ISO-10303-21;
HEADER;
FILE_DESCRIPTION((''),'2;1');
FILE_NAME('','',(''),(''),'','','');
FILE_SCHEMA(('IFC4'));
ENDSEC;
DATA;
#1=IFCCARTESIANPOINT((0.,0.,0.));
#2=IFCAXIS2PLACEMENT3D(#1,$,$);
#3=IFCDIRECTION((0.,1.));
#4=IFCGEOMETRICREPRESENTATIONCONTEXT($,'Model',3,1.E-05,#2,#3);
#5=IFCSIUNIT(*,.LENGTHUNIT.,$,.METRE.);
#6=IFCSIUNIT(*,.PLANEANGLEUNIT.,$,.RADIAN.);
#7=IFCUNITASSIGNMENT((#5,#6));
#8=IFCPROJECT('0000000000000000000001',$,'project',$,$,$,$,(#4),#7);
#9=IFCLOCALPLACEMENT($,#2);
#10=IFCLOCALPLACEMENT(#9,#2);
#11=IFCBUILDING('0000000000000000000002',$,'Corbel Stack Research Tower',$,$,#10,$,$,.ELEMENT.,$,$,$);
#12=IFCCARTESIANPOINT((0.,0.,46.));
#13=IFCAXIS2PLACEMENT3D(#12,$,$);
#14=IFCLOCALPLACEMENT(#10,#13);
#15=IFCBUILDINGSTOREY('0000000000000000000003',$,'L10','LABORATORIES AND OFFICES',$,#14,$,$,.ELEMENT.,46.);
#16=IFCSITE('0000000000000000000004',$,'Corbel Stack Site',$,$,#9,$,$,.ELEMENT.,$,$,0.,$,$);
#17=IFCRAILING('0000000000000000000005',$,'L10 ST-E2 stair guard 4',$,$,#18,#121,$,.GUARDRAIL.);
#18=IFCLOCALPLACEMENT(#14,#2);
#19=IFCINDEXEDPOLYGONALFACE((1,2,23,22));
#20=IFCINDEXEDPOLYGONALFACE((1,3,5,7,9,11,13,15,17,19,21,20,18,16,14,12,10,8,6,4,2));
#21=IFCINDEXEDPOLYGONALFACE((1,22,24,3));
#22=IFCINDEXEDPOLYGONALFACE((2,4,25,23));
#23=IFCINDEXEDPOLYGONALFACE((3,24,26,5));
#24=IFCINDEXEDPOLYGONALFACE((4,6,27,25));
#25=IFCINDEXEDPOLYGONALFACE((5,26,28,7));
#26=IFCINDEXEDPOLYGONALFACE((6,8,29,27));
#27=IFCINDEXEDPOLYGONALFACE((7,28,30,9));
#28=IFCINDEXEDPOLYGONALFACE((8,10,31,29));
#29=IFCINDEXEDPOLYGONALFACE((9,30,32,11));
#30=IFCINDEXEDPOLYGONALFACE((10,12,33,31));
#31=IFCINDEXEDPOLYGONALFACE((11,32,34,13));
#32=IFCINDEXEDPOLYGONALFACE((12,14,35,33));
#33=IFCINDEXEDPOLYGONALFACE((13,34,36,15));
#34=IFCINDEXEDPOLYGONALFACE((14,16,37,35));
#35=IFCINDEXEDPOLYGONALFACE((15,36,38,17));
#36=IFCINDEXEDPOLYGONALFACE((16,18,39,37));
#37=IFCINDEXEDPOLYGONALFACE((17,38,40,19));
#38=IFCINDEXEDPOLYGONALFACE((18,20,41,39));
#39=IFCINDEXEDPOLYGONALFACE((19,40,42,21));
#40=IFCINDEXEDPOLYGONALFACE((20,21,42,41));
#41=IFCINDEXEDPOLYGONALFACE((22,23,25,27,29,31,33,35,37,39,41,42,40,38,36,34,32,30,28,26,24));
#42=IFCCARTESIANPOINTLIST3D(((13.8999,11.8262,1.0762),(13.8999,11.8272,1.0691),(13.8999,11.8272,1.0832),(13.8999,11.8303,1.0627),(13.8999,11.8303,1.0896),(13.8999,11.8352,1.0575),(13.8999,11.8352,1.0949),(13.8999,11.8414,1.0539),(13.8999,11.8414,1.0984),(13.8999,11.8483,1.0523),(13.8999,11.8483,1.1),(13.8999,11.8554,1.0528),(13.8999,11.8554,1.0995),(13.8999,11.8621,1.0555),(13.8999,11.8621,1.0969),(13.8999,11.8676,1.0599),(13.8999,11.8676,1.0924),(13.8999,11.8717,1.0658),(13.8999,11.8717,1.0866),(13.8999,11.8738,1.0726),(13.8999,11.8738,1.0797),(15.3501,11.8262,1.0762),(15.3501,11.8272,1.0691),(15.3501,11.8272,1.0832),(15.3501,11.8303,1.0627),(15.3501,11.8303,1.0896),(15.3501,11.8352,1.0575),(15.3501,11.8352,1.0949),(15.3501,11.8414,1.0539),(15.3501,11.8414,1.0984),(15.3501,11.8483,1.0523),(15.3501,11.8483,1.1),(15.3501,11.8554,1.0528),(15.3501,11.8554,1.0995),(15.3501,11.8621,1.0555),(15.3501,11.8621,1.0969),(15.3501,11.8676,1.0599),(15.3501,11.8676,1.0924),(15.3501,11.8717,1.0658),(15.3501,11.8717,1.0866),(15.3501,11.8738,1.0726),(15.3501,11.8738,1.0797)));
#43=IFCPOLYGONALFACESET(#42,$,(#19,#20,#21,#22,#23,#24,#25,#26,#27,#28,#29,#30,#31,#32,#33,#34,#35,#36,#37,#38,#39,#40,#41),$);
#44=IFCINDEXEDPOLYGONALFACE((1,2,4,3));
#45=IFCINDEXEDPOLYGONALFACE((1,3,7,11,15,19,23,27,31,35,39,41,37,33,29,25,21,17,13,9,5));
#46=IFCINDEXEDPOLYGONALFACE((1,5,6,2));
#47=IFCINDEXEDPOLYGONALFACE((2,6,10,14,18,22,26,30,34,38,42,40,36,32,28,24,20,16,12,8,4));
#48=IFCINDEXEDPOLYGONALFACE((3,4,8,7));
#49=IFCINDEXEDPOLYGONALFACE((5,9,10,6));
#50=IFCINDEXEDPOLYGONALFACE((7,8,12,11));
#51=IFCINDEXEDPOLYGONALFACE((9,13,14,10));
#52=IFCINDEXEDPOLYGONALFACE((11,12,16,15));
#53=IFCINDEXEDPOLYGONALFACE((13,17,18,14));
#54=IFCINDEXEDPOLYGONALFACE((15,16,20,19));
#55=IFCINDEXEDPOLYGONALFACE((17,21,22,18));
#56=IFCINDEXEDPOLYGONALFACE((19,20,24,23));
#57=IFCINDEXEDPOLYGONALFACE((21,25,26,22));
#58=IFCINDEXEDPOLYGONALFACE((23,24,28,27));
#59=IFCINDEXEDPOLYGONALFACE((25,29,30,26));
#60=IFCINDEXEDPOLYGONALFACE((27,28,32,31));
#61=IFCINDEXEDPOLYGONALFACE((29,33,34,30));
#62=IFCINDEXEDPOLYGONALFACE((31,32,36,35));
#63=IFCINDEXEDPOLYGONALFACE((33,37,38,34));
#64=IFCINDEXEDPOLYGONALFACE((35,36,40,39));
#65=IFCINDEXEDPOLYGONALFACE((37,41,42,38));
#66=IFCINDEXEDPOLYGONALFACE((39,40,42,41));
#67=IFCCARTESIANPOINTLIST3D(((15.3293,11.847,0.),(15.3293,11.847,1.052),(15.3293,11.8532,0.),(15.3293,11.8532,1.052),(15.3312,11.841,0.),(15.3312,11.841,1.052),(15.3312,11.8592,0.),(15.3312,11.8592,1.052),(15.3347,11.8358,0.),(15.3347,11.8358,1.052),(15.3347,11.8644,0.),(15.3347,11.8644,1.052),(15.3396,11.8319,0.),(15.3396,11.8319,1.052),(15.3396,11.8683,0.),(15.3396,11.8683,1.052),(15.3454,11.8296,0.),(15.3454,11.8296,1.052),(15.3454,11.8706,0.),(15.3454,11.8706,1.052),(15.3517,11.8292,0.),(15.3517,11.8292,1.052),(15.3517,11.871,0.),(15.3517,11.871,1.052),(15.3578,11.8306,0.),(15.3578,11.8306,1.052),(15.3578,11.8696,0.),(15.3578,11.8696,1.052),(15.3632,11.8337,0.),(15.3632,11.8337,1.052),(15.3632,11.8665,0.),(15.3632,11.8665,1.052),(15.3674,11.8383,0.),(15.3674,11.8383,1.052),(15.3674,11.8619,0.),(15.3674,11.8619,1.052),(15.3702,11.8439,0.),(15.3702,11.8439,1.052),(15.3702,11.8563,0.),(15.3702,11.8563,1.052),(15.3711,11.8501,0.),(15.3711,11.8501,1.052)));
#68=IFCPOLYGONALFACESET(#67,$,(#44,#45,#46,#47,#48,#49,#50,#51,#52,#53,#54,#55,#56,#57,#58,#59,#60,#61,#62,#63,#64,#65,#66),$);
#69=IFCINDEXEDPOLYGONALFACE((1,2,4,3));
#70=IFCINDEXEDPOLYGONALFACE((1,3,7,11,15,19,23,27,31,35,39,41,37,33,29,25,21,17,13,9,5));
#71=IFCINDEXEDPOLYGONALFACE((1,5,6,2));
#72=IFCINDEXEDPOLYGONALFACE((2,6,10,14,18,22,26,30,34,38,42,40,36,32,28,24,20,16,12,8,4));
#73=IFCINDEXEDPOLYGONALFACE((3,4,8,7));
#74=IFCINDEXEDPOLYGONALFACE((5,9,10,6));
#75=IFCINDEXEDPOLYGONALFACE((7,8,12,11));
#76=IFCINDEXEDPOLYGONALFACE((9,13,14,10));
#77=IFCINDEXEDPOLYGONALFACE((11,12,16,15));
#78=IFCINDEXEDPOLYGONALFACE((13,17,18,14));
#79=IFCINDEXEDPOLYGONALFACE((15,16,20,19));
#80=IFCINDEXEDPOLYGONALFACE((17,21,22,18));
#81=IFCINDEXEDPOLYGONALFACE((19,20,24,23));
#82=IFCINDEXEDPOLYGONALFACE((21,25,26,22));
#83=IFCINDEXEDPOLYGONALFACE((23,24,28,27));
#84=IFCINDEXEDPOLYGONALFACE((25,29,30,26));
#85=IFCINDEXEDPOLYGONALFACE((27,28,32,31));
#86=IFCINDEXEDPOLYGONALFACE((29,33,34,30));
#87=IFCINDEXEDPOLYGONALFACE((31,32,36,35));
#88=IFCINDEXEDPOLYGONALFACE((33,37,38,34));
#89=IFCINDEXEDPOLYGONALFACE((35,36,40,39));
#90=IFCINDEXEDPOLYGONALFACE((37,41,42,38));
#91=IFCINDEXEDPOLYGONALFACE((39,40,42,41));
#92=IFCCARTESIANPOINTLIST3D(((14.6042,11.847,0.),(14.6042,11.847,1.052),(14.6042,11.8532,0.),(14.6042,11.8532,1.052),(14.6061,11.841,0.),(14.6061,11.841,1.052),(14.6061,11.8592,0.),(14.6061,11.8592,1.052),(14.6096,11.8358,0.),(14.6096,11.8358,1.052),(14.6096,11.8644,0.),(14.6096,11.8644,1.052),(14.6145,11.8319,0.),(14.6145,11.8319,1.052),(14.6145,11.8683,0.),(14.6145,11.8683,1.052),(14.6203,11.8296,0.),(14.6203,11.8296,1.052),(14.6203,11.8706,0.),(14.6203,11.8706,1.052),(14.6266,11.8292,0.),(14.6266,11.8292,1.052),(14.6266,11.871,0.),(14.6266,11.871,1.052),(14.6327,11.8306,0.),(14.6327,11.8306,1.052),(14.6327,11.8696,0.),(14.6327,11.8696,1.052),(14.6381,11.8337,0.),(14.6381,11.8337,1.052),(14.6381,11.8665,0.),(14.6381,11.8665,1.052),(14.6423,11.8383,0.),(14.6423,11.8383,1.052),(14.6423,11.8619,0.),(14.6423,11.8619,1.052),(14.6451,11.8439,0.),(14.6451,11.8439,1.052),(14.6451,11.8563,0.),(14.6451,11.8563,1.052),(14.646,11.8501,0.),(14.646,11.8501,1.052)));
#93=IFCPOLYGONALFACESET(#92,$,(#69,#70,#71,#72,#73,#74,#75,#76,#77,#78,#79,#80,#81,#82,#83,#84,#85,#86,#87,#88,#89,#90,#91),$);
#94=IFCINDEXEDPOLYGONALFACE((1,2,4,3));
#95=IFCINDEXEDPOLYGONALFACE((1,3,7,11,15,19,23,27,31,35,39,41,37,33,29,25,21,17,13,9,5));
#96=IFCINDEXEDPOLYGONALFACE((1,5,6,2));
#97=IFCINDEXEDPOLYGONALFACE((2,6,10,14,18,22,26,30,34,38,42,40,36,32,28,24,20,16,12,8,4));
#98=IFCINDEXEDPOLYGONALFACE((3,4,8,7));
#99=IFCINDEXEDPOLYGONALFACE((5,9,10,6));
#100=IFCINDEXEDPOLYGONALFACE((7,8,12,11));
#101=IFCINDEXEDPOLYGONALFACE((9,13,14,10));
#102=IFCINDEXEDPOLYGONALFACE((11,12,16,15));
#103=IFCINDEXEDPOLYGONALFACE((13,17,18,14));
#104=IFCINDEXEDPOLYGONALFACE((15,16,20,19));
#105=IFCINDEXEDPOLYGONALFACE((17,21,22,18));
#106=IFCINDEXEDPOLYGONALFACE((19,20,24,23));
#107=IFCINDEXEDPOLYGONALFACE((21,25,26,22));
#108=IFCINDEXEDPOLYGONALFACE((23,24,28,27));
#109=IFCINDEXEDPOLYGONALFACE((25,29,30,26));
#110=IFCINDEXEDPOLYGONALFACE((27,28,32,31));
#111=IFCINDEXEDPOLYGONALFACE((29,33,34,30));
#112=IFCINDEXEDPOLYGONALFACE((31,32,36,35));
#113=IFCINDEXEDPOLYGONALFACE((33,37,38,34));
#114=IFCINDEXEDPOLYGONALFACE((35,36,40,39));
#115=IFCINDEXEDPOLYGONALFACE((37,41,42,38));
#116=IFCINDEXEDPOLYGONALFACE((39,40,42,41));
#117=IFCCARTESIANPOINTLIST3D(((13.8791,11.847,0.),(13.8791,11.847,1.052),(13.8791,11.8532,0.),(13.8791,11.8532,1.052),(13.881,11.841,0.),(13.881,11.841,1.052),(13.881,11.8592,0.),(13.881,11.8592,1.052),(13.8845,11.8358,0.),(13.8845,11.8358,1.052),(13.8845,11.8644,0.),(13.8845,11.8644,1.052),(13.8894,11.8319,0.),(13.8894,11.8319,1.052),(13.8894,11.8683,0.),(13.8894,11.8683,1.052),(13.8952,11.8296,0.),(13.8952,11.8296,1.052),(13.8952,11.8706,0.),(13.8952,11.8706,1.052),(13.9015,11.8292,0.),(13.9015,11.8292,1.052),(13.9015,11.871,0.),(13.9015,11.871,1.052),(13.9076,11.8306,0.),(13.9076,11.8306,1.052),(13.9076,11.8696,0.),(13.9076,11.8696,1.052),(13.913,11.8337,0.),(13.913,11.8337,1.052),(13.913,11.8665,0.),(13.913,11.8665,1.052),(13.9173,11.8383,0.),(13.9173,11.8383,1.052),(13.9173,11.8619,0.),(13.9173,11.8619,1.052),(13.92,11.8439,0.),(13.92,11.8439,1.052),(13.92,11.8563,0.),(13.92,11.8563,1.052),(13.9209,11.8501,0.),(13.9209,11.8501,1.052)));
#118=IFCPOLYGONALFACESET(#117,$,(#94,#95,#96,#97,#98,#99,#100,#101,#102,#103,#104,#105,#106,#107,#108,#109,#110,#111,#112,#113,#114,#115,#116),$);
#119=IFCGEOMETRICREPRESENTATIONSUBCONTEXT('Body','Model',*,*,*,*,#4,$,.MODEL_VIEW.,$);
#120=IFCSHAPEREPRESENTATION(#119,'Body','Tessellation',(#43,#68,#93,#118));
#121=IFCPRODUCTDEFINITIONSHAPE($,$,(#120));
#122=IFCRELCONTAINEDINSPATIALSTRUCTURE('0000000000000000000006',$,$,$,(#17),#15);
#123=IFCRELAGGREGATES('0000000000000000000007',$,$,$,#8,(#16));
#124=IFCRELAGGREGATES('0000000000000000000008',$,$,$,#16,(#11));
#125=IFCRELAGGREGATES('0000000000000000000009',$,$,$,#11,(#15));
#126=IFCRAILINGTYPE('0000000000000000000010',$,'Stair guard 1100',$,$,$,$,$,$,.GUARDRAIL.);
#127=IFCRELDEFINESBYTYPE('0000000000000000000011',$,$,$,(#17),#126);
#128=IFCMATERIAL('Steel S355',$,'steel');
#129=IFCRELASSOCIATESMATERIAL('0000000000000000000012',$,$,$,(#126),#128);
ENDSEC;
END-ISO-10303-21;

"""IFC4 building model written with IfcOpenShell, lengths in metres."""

from ifc_helpers import new_model, si_unit, direction, frame, origin, origin_2d, place, context, subcontext, project, spatial, circle, extrude, material, type_object, element, save


model = new_model("IFC4")

# Units and contexts
model_context = context("Model", 3, precision=1e-05, world=origin(), true_north=direction((0.0, 1.0)))
body_context = subcontext(model_context, "Body", "Model", "MODEL_VIEW")
ifc_project = project(units=[si_unit("LENGTHUNIT", "METRE"), si_unit("PLANEANGLEUNIT", "RADIAN")], contexts=[model_context])

# Site, building, storey
site_placement = place(None, origin())
site = spatial("IfcSite", under=ifc_project, at=site_placement, Name="Corbel Stack Site", CompositionType="ELEMENT", RefElevation=0.0)
building_placement = place(site_placement, origin())
building = spatial("IfcBuilding", under=site, at=building_placement, Name="Corbel Stack Research Tower", CompositionType="ELEMENT")
storey_placement = place(building_placement, frame((0.0, 0.0, 46.0)))
storey = spatial("IfcBuildingStorey", under=building, at=storey_placement, Name="L10", Description="LABORATORIES AND OFFICES", CompositionType="ELEMENT", Elevation=46.0)

# Railing
ifc_material_1 = material(Name="Steel S355", Category="steel")
railing_type_1 = type_object("IfcRailingType", Name="Stair guard 1100", PredefinedType="GUARDRAIL", material=ifc_material_1)
railing_1_placement = place(storey_placement, frame((15.3501, 11.8501, 0.0)))
element("IfcRailing", 1, at=railing_1_placement, inside=storey, type_object=railing_type_1, Name="L10 ST-E2 stair guard 4", PredefinedType="GUARDRAIL", context=body_context, shape_type="SweptSolid", body=[
    extrude(circle(Radius=0.0239, at=origin_2d()), frame((0.0, 0.0, 1.0762), z_axis=(-1.0, 0.0, 0.0), x_axis=(0.0, -1.0, 0.0)), (0.0, 0.0, 1.0), 1.4502),
    extrude(circle(Radius=0.021, at=origin_2d()), origin(), (0.0, 0.0, 1.0), 1.052),
    extrude(circle(Radius=0.021, at=origin_2d()), frame((-0.7251, 0.0, 0.0)), (0.0, 0.0, 1.0), 1.052),
    extrude(circle(Radius=0.021, at=origin_2d()), frame((-1.4502, 0.0, 0.0)), (0.0, 0.0, 1.0), 1.052),
])

save(model, "model.ifc")
